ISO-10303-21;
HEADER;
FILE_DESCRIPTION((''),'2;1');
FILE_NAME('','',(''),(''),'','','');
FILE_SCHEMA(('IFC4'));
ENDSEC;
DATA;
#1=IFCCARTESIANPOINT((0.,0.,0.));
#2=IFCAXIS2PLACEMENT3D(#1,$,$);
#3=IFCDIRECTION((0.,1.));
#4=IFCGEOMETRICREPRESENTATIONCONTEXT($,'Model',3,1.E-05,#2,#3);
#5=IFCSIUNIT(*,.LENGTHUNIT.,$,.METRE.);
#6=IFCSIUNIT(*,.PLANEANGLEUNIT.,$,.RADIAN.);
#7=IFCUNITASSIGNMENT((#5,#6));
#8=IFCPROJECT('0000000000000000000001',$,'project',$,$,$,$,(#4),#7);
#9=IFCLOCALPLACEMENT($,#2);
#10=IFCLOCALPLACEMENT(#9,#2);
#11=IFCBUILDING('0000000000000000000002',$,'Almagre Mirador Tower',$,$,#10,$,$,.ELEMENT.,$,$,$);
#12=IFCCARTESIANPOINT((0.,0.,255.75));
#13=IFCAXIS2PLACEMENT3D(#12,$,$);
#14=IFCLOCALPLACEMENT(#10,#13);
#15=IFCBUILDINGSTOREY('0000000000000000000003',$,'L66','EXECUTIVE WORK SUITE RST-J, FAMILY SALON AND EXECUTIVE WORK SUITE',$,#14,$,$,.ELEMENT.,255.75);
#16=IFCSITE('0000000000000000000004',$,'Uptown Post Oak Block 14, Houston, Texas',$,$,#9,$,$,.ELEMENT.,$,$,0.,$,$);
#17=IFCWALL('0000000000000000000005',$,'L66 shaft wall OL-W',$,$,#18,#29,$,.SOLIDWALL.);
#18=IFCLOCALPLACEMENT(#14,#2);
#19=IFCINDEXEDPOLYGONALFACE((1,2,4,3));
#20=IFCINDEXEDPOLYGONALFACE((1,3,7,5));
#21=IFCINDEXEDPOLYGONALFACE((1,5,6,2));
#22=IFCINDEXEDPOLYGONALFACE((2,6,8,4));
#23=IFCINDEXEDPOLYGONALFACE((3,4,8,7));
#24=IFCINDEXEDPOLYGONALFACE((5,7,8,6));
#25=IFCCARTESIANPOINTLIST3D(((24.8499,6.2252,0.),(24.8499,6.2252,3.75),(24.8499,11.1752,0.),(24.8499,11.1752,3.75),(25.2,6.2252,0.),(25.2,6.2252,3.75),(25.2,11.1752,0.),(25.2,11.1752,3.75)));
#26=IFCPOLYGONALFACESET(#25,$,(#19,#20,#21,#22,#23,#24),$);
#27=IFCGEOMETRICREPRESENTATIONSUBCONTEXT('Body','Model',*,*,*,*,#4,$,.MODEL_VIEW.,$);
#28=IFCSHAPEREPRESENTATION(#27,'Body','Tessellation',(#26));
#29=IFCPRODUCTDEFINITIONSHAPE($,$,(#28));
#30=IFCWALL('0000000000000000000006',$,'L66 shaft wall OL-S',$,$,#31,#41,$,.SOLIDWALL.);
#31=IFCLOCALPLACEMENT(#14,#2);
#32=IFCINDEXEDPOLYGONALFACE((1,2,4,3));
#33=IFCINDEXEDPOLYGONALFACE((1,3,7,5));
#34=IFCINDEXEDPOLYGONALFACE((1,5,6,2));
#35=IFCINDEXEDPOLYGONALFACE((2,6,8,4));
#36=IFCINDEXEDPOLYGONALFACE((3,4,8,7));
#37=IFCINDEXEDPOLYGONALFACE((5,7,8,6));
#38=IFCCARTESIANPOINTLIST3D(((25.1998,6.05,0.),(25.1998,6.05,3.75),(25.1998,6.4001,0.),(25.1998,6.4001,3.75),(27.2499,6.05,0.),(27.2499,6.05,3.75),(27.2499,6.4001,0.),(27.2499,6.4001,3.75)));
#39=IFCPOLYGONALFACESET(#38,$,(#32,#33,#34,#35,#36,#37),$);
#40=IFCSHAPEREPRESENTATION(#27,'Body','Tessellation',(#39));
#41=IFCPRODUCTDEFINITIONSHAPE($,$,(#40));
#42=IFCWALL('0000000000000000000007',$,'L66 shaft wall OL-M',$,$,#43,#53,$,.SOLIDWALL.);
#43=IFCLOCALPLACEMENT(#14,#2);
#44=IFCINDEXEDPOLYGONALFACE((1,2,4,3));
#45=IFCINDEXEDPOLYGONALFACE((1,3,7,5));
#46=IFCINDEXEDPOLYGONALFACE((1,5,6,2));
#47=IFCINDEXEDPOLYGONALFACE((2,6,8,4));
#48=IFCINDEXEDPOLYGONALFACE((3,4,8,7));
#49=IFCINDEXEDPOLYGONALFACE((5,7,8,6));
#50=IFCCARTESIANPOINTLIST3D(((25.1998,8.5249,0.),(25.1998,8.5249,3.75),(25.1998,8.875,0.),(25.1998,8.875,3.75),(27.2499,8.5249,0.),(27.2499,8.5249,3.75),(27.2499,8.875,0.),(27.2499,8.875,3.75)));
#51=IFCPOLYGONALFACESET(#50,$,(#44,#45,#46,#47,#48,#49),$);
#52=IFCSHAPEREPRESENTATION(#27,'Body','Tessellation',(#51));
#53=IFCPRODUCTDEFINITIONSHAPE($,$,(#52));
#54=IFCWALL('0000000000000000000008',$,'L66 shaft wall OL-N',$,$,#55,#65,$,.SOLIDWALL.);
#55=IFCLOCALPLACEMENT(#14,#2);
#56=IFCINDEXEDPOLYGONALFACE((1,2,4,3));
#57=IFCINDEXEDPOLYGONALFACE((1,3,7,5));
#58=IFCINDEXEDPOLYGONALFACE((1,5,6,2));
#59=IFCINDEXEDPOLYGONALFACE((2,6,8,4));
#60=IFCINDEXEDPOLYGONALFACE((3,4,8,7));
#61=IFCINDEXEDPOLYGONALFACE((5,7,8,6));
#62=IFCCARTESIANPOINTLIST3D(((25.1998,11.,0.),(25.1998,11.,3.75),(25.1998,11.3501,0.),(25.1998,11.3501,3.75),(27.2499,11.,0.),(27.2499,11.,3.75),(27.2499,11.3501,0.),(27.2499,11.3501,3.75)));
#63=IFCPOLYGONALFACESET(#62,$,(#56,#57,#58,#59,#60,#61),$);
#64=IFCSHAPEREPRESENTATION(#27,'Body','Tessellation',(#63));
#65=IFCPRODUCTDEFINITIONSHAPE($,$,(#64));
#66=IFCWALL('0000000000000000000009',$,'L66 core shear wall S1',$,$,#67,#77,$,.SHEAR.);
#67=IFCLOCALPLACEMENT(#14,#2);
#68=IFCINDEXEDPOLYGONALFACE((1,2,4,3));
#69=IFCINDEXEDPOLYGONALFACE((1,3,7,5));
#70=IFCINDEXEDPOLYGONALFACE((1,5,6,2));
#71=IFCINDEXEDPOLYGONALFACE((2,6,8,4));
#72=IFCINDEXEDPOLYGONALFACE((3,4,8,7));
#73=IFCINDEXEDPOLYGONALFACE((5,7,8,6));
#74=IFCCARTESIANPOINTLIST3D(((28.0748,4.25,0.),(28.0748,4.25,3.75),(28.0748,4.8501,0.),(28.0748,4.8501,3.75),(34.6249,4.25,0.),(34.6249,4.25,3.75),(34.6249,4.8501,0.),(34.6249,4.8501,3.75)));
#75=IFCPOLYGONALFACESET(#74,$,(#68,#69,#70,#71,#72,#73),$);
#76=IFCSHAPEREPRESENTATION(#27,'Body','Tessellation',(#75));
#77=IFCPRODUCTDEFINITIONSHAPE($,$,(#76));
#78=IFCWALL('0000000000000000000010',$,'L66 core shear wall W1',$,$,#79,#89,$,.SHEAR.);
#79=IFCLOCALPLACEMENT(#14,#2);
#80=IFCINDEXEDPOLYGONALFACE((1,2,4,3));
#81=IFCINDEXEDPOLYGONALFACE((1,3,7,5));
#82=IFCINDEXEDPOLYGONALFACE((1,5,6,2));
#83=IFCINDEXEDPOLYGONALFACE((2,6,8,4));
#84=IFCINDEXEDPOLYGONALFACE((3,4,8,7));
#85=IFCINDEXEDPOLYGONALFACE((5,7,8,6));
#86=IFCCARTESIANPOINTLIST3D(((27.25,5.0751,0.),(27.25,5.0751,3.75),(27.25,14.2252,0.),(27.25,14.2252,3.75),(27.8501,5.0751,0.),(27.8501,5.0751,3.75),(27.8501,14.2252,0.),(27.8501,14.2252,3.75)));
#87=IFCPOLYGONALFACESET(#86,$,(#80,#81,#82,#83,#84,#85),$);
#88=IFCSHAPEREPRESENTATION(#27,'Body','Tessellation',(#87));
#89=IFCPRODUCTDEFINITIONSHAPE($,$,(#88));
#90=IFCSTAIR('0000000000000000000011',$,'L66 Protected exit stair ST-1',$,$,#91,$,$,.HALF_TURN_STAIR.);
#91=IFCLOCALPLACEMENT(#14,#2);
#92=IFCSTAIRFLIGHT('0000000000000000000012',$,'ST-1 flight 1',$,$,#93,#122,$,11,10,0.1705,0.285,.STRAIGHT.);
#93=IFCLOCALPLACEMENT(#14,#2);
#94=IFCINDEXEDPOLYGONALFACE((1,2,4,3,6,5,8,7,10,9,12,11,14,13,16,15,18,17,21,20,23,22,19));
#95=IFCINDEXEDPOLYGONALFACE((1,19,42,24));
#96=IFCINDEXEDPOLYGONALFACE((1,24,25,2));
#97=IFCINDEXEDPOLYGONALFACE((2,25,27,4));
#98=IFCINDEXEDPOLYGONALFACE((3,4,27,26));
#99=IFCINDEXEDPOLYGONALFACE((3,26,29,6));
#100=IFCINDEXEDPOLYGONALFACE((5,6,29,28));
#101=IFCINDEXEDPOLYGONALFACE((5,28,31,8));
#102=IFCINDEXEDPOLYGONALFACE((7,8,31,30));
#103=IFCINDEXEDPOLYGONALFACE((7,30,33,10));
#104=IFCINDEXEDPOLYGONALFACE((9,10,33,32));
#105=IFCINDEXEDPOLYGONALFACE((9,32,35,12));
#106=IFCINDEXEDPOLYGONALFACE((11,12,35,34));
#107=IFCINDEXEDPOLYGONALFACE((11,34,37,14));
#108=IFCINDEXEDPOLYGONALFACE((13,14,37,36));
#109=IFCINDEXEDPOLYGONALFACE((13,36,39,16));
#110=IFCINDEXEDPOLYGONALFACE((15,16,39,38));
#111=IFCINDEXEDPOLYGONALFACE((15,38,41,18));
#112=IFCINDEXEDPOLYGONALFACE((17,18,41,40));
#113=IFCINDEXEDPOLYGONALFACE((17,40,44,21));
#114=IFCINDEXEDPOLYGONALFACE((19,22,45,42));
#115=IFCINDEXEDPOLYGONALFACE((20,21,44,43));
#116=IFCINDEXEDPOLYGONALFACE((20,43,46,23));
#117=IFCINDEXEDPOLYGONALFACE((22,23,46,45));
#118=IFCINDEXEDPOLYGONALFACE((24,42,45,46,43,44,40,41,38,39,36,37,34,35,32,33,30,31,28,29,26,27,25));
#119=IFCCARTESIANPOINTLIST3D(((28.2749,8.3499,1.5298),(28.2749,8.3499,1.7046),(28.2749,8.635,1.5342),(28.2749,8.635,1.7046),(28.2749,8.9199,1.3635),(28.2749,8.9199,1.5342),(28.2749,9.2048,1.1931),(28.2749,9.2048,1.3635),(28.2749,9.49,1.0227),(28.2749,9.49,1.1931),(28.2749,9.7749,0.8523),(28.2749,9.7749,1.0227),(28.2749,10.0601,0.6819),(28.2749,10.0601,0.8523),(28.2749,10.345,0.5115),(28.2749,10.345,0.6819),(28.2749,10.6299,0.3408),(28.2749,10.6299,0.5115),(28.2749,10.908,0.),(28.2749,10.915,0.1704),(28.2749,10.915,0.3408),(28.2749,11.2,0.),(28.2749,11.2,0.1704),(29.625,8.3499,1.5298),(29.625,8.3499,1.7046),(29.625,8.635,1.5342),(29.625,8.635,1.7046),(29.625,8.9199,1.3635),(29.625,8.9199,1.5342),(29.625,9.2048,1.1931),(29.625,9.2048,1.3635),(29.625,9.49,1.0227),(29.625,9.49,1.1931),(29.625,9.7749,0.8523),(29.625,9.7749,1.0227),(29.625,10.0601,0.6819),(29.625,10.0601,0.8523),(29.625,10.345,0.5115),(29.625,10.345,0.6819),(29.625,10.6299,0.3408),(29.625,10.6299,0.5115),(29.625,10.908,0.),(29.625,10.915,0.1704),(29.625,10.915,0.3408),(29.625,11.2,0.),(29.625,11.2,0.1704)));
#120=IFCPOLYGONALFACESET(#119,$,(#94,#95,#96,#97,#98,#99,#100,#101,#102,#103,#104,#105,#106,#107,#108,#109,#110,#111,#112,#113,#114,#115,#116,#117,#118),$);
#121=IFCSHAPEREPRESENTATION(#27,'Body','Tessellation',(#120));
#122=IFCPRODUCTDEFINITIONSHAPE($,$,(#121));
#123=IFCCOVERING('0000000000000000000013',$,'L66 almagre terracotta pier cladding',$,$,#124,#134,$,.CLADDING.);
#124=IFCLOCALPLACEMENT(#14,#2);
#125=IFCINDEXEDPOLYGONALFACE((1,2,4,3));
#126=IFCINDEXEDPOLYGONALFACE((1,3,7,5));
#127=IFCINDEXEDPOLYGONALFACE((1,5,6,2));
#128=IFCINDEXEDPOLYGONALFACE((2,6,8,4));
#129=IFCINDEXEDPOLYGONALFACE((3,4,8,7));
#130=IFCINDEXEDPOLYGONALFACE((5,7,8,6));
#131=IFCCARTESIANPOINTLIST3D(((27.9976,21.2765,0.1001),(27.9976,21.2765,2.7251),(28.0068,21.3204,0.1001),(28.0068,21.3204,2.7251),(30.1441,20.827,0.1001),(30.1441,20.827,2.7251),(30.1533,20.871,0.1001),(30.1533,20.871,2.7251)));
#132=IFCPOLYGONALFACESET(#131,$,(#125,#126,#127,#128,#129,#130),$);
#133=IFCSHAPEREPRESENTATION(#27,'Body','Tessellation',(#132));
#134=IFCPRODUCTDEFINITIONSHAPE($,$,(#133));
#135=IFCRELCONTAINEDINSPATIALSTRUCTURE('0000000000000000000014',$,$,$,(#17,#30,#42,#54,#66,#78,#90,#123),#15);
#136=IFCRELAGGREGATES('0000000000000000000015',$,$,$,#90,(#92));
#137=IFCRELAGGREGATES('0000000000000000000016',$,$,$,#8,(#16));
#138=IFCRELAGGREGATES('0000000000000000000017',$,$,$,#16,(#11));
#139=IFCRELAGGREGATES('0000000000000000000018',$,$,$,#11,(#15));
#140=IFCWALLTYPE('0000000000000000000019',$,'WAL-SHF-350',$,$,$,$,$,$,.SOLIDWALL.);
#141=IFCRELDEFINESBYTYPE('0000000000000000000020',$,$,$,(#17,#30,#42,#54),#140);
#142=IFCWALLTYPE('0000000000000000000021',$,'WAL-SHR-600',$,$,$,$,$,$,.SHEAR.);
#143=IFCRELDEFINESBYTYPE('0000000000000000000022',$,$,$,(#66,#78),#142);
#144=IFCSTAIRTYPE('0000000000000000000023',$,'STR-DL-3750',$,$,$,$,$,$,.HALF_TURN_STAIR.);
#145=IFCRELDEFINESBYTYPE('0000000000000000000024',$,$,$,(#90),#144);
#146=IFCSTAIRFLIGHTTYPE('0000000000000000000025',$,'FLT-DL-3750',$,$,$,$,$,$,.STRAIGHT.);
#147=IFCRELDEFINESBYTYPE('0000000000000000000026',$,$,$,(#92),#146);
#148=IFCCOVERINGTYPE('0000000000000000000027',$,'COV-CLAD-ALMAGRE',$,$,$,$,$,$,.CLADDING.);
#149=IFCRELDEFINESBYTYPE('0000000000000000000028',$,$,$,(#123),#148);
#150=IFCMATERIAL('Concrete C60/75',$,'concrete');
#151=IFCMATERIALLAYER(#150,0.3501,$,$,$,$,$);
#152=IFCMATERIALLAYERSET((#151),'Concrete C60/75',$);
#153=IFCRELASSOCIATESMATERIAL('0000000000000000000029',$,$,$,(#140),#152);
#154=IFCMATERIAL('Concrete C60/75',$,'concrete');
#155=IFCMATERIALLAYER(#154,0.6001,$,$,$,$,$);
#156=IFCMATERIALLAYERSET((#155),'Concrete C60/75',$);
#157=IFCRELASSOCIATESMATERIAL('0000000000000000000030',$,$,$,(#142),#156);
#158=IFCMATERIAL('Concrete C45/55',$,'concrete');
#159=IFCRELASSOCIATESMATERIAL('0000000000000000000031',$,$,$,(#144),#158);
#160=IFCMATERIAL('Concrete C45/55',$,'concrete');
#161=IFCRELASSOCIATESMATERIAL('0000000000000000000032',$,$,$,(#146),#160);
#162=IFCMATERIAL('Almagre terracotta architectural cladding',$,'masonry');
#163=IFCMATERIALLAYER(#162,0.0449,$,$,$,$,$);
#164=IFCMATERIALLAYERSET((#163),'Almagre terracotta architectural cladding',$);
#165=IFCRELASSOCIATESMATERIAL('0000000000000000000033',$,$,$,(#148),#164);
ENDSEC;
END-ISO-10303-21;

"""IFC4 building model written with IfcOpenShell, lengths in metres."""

from ifc_helpers import new_model, si_unit, direction, frame, frame_2d, origin, origin_2d, place, context, subcontext, project, spatial, polyline, rectangle, outline, extrude, material, layer, layer_set, type_object, element, aggregate, save


model = new_model("IFC4")

# Units and contexts
model_context = context("Model", 3, precision=1e-05, world=origin(), true_north=direction((0.0, 1.0)))
body_context = subcontext(model_context, "Body", "Model", "MODEL_VIEW")
ifc_project = project(units=[si_unit("LENGTHUNIT", "METRE"), si_unit("PLANEANGLEUNIT", "RADIAN")], contexts=[model_context])

# Site, building, storey
site_placement = place(None, origin())
site = spatial("IfcSite", under=ifc_project, at=site_placement, Name="Uptown Post Oak Block 14, Houston, Texas", CompositionType="ELEMENT", RefElevation=0.0)
building_placement = place(site_placement, origin())
building = spatial("IfcBuilding", under=site, at=building_placement, Name="Almagre Mirador Tower", CompositionType="ELEMENT")
storey_placement = place(building_placement, frame((0.0, 0.0, 255.75)))
storey = spatial("IfcBuildingStorey", under=building, at=storey_placement, Name="L66", Description="EXECUTIVE WORK SUITE RST-J, FAMILY SALON AND EXECUTIVE WORK SUITE", CompositionType="ELEMENT", Elevation=255.75)

# Walls
ifc_material_1 = material(Name="Concrete C60/75", Category="concrete")
ifc_layer_1 = layer(ifc_material_1, 0.3501)
ifc_layer_set_1 = layer_set([ifc_layer_1], Name="Concrete C60/75")
wall_type_1 = type_object("IfcWallType", Name="WAL-SHF-350", PredefinedType="SOLIDWALL", material=ifc_layer_set_1)
wall_1_placement = place(storey_placement, frame((25.0249, 6.2251, 0.0), z_axis=(0.0, 0.0, 1.0), x_axis=(0.0, 1.0, 0.0)))
element("IfcWall", 1, at=wall_1_placement, inside=storey, type_object=wall_type_1, Name="L66 shaft wall OL-W", PredefinedType="SOLIDWALL", context=body_context, shape_type="SweptSolid", body=[
    extrude(rectangle(XDim=4.95, YDim=0.3501, at=frame_2d((2.4751, 0.0))), origin(), (0.0, 0.0, 1.0), 3.75),
])
for number, where, z_axis, x_axis, name in (
    (2, (25.2, 6.2251, 0.0), (0.0, 0.0, 1.0), (1.0, 0.0, 0.0), "L66 shaft wall OL-S"),
    (3, (25.2, 8.7, 0.0), (0.0, 0.0, 1.0), (1.0, 0.0, 0.0), "L66 shaft wall OL-M"),
    (4, (25.2, 11.175, 0.0), (0.0, 0.0, 1.0), (1.0, 0.0, 0.0), "L66 shaft wall OL-N"),
):
    element("IfcWall", number, at=place(storey_placement, frame(where, z_axis=z_axis, x_axis=x_axis)), inside=storey, type_object=wall_type_1, Name=name, PredefinedType="SOLIDWALL", context=body_context, shape_type="SweptSolid", body=[
        extrude(rectangle(XDim=2.05, YDim=0.3501, at=frame_2d((1.0249, 0.0))), origin(), (0.0, 0.0, 1.0), 3.75),
    ])
ifc_material_2 = material(Name="Concrete C60/75", Category="concrete")
ifc_layer_2 = layer(ifc_material_2, 0.6001)
ifc_layer_set_2 = layer_set([ifc_layer_2], Name="Concrete C60/75")
wall_type_2 = type_object("IfcWallType", Name="WAL-SHR-600", PredefinedType="SHEAR", material=ifc_layer_set_2)
wall_2_placement = place(storey_placement, frame((28.075, 4.55, 0.0), z_axis=(0.0, 0.0, 1.0), x_axis=(1.0, 0.0, 0.0)))
element("IfcWall", 5, at=wall_2_placement, inside=storey, type_object=wall_type_2, Name="L66 core shear wall S1", PredefinedType="SHEAR", context=body_context, shape_type="SweptSolid", body=[
    extrude(rectangle(XDim=6.55, YDim=0.6001, at=frame_2d((3.2749, 0.0))), origin(), (0.0, 0.0, 1.0), 3.75),
])

# Wall
wall_3_placement = place(storey_placement, frame((27.55, 5.075, 0.0), z_axis=(0.0, 0.0, 1.0), x_axis=(0.0, 1.0, 0.0)))
element("IfcWall", 6, at=wall_3_placement, inside=storey, type_object=wall_type_2, Name="L66 core shear wall W1", PredefinedType="SHEAR", context=body_context, shape_type="SweptSolid", body=[
    extrude(rectangle(XDim=9.1501, YDim=0.6001, at=frame_2d((4.5752, 0.0))), origin(), (0.0, 0.0, 1.0), 3.75),
])

# Stair, stair flight
ifc_material_3 = material(Name="Concrete C45/55", Category="concrete")
stair_type = type_object("IfcStairType", Name="STR-DL-3750", PredefinedType="HALF_TURN_STAIR", material=ifc_material_3)
stair_placement = place(storey_placement, origin())
stair = element("IfcStair", 7, at=stair_placement, inside=storey, type_object=stair_type, Name="L66 Protected exit stair ST-1", PredefinedType="HALF_TURN_STAIR")
ifc_material_4 = material(Name="Concrete C45/55", Category="concrete")
stair_flight_type = type_object("IfcStairFlightType", Name="FLT-DL-3750", PredefinedType="STRAIGHT", material=ifc_material_4)
stair_flight_placement = place(storey_placement, frame((28.95, 11.2, 0.0), z_axis=(0.0, 0.0, 1.0), x_axis=(0.0, -1.0, 0.0)))
stair_flight = element("IfcStairFlight", 8, at=stair_flight_placement, type_object=stair_flight_type, Name="ST-1 flight 1", NumberOfRisers=11, NumberOfTreads=10, PredefinedType="STRAIGHT", RiserHeight=0.1705, TreadLength=0.285, context=body_context, shape_type="SweptSolid", body=[
    extrude(outline(polyline([(0.0, 0.0), (0.0, 0.1704), (0.2849, 0.1704), (0.2849, 0.3408), (0.5701, 0.3408), (0.5701, 0.5115), (0.855, 0.5115), (0.855, 0.6819), (1.1399, 0.6819), (1.1399, 0.8523), (1.425, 0.8523), (1.425, 1.0227), (1.71, 1.0227), (1.71, 1.1931), (1.9951, 1.1931), (1.9951, 1.3635), (2.28, 1.3635), (2.28, 1.5342), (2.5649, 1.5342), (2.5649, 1.7046), (2.8501, 1.7046), (2.8501, 1.875), (2.8501, 1.5298), (0.292, 0.0), (0.0, 0.0)])), frame((0.0, 0.675, 0.0), z_axis=(0.0, -1.0, 0.0), x_axis=(1.0, 0.0, 0.0)), (0.0, 0.0, 1.0), 1.3501),
])
aggregate(stair, [stair_flight])

# Covering
ifc_material_5 = material(Name="Almagre terracotta architectural cladding", Category="masonry")
ifc_layer_3 = layer(ifc_material_5, 0.0449)
ifc_layer_set_3 = layer_set([ifc_layer_3], Name="Almagre terracotta architectural cladding")
covering_type = type_object("IfcCoveringType", Name="COV-CLAD-ALMAGRE", PredefinedType="CLADDING", material=ifc_layer_set_3)
covering_placement = place(storey_placement, frame((29.0754, 21.0737, 0.1001), z_axis=(0.0, 0.0, 1.0), x_axis=(0.978774, -0.20494, 0.0)))
element("IfcCovering", 9, at=covering_placement, inside=storey, type_object=covering_type, Name="L66 almagre terracotta pier cladding", PredefinedType="CLADDING", context=body_context, shape_type="SweptSolid", body=[
    extrude(rectangle(XDim=2.1931, YDim=0.0449, at=origin_2d()), origin(), (0.0, 0.0, 1.0), 2.625),
])

save(model, "model.ifc")
